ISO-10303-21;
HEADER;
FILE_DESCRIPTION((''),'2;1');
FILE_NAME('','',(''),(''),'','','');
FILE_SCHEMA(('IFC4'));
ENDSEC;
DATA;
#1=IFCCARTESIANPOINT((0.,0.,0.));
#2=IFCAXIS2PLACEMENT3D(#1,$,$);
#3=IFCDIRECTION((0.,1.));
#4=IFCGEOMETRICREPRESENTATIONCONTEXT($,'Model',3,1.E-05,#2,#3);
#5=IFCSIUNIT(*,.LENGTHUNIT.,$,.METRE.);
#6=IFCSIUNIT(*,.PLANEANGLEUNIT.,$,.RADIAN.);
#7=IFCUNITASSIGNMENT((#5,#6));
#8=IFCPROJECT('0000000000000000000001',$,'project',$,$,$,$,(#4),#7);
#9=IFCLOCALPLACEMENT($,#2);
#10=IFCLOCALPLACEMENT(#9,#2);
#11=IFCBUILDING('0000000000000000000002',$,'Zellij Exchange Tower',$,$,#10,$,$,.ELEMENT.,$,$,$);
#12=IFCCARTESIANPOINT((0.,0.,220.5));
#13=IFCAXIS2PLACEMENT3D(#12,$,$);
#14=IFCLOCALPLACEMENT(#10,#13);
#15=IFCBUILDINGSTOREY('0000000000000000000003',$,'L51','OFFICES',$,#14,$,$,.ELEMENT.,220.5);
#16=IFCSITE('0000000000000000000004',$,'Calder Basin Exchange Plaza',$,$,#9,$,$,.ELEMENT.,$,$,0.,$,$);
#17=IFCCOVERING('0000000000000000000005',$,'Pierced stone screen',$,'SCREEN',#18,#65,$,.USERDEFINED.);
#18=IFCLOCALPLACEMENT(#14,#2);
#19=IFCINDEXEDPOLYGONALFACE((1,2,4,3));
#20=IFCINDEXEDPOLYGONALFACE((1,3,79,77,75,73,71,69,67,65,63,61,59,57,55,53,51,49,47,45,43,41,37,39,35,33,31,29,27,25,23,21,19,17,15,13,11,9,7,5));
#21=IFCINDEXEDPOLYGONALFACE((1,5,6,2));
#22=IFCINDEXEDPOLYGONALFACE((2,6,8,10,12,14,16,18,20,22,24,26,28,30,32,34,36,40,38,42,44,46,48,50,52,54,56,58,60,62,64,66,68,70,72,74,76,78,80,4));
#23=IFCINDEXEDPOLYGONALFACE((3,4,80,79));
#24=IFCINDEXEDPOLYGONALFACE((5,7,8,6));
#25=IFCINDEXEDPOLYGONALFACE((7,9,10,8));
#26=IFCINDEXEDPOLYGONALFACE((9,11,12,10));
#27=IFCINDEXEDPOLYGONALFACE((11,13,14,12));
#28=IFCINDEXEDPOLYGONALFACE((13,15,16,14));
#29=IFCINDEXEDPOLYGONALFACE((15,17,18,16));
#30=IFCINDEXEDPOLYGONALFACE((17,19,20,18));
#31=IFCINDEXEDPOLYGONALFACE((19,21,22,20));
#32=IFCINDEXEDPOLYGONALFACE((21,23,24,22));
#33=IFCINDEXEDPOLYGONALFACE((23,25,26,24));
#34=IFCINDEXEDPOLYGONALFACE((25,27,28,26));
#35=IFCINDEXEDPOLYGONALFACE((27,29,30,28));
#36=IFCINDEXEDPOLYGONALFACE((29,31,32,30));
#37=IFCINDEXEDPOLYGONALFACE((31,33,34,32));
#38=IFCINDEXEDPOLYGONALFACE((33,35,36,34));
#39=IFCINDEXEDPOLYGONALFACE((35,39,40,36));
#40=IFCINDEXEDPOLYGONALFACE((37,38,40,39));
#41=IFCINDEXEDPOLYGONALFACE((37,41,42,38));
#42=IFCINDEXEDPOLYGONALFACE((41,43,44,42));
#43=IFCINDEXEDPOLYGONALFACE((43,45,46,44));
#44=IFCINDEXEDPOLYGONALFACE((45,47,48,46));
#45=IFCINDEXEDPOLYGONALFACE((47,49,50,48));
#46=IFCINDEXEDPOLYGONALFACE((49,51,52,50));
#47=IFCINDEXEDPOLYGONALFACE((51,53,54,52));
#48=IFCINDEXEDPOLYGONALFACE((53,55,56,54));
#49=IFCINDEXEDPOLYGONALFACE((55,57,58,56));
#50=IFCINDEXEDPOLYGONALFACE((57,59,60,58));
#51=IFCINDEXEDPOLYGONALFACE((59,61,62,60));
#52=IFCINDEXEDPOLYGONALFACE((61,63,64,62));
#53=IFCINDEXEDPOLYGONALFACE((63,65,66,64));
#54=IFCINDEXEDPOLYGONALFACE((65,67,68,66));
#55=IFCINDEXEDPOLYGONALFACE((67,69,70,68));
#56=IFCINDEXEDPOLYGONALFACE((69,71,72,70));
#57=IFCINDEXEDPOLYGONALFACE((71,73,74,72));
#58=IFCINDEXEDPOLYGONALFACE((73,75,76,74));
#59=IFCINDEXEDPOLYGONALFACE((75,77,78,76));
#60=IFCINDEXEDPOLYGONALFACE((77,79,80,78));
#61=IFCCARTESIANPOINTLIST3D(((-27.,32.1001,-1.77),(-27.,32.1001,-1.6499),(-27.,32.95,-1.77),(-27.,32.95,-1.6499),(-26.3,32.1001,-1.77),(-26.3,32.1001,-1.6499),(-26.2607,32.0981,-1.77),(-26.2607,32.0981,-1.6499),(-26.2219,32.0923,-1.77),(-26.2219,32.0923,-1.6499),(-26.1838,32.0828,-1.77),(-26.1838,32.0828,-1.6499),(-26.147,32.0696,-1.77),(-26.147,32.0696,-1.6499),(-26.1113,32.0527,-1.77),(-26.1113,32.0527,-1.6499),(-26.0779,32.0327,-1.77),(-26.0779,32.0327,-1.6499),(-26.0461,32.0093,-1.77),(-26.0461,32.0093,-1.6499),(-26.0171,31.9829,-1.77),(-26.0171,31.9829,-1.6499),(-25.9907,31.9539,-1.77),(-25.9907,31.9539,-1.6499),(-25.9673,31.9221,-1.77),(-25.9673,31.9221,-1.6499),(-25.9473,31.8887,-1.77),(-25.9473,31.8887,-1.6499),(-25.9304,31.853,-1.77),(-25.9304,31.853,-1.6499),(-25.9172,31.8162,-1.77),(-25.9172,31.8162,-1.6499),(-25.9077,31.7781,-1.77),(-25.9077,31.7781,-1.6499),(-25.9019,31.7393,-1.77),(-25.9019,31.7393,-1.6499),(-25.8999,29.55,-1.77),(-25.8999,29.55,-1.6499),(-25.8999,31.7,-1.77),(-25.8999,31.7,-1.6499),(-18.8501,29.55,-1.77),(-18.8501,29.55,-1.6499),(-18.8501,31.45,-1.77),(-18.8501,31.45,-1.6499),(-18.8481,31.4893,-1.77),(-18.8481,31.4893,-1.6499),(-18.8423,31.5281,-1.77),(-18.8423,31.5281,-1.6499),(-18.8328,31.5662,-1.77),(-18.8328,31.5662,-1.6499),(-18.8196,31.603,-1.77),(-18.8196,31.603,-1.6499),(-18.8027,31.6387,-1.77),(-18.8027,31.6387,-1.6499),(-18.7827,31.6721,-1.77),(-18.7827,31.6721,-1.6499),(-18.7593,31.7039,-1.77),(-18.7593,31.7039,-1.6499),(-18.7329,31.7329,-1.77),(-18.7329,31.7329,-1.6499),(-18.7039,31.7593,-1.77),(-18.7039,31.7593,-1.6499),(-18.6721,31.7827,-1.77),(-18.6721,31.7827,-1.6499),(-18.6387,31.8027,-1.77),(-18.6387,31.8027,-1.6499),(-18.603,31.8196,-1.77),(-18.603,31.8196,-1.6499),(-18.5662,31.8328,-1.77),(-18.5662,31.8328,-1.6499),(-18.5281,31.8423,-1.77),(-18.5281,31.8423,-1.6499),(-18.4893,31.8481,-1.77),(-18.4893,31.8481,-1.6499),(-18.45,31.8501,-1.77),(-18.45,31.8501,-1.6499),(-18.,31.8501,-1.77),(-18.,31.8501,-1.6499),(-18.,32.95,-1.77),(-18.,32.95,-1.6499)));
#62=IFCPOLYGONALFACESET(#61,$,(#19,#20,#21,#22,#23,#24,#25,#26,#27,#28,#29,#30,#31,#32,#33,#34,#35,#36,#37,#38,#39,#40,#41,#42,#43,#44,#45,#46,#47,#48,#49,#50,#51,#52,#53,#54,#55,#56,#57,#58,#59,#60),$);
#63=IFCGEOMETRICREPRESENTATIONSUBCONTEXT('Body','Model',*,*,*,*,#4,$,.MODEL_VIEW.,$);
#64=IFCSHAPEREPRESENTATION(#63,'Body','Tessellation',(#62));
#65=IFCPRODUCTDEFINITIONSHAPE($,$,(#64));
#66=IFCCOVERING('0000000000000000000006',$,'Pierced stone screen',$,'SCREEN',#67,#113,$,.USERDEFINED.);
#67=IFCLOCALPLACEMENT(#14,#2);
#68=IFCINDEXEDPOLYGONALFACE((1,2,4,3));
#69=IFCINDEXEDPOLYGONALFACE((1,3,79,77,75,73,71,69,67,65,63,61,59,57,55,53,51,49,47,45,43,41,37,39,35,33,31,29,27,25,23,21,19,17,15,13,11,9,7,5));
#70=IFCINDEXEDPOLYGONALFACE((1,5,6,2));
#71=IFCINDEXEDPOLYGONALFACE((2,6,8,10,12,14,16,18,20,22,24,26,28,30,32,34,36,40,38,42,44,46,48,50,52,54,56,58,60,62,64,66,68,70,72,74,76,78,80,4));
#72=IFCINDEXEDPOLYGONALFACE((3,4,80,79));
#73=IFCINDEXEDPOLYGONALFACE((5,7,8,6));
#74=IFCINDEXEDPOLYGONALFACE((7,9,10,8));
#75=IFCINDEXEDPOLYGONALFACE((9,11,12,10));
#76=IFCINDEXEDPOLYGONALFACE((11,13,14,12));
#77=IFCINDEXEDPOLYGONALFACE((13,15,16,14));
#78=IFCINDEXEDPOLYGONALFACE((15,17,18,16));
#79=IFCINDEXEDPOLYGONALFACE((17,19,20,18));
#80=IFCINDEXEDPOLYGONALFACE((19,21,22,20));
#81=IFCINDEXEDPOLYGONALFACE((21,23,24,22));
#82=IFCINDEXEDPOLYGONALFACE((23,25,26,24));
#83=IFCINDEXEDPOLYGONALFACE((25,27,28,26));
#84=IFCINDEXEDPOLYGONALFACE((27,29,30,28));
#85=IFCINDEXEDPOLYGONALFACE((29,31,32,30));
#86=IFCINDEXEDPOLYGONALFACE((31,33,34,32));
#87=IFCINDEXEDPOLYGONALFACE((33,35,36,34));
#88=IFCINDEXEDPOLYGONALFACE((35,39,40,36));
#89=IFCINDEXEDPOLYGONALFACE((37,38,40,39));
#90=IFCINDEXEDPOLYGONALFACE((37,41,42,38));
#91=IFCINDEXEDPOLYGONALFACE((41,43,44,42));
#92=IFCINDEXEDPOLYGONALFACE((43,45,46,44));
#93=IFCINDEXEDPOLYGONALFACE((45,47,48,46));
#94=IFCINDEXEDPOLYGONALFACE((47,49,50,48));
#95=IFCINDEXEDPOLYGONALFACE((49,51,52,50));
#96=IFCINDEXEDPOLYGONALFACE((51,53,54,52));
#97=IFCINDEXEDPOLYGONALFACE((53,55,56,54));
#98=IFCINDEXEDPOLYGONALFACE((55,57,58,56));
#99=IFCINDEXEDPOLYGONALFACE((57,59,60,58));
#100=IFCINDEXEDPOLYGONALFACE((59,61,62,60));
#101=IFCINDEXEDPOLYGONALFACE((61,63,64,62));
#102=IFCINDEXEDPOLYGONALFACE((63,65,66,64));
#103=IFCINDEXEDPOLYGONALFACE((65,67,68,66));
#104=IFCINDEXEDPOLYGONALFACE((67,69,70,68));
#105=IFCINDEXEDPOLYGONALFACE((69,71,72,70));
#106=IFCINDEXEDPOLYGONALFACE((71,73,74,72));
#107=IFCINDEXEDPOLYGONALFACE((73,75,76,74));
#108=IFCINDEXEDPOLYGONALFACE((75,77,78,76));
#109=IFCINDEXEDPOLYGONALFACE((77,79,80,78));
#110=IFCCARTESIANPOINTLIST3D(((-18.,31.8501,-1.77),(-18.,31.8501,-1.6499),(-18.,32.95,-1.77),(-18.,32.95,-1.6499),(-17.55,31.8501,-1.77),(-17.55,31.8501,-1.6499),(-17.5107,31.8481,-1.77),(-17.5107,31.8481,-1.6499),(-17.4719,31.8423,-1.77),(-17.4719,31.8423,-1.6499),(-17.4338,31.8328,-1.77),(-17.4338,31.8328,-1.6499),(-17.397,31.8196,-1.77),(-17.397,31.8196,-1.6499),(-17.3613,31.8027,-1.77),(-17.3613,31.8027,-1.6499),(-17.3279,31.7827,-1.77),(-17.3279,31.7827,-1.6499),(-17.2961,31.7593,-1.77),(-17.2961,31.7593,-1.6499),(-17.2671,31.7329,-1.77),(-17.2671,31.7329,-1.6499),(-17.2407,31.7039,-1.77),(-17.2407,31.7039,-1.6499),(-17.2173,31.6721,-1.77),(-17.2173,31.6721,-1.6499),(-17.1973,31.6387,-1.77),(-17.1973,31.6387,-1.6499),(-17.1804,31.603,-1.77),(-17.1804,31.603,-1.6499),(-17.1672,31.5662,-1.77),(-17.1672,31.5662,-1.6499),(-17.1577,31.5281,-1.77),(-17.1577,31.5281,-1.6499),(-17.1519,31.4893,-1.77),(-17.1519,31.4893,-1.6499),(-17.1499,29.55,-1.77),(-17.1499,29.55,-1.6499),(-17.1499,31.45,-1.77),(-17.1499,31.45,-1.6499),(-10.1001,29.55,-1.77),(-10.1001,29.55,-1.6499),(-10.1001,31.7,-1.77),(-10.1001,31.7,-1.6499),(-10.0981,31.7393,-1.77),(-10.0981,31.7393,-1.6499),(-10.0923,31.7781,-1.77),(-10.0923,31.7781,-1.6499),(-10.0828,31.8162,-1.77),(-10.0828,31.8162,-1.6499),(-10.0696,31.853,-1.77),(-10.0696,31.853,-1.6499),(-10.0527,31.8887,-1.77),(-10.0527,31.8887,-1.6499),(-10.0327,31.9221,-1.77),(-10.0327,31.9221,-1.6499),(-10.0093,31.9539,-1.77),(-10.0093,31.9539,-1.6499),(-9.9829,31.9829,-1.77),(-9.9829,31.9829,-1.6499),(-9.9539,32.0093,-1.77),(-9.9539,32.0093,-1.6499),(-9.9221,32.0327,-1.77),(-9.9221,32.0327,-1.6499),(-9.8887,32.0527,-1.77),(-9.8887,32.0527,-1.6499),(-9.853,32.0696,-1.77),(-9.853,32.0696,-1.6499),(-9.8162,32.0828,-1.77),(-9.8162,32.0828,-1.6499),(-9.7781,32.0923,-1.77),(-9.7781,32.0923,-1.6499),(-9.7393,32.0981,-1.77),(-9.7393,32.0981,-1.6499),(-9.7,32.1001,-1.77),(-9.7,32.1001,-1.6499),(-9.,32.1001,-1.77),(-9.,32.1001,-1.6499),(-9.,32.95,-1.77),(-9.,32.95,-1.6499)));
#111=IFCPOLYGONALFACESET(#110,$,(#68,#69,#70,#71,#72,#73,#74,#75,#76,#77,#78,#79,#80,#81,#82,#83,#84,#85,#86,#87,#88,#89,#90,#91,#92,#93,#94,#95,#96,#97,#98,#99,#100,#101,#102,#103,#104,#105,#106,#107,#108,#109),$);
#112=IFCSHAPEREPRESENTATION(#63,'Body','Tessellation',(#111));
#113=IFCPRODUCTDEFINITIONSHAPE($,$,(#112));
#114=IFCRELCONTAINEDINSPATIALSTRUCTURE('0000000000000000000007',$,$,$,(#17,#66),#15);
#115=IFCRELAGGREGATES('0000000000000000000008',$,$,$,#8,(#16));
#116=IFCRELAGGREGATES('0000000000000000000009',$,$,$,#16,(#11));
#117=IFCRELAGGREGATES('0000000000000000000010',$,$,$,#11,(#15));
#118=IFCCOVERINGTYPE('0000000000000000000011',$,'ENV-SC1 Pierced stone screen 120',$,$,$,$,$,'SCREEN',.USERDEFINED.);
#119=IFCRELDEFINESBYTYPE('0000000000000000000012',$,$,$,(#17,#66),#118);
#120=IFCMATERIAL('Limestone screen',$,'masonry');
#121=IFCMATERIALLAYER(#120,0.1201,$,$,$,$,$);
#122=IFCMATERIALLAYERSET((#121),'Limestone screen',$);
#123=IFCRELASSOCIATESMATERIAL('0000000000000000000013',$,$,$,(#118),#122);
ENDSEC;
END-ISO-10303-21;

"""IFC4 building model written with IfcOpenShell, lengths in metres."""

from ifc_helpers import new_model, si_unit, direction, frame, origin, place, context, subcontext, project, spatial, polyline, outline, extrude, material, layer, layer_set, type_object, element, save


model = new_model("IFC4")

# Units and contexts
model_context = context("Model", 3, precision=1e-05, world=origin(), true_north=direction((0.0, 1.0)))
body_context = subcontext(model_context, "Body", "Model", "MODEL_VIEW")
ifc_project = project(units=[si_unit("LENGTHUNIT", "METRE"), si_unit("PLANEANGLEUNIT", "RADIAN")], contexts=[model_context])

# Site, building, storey
site_placement = place(None, origin())
site = spatial("IfcSite", under=ifc_project, at=site_placement, Name="Calder Basin Exchange Plaza", CompositionType="ELEMENT", RefElevation=0.0)
building_placement = place(site_placement, origin())
building = spatial("IfcBuilding", under=site, at=building_placement, Name="Zellij Exchange Tower", CompositionType="ELEMENT")
storey_placement = place(building_placement, frame((0.0, 0.0, 220.5)))
storey = spatial("IfcBuildingStorey", under=building, at=storey_placement, Name="L51", Description="OFFICES", CompositionType="ELEMENT", Elevation=220.5)

# Coverings
ifc_material_1 = material(Name="Limestone screen", Category="masonry")
ifc_layer_1 = layer(ifc_material_1, 0.1201)
ifc_layer_set_1 = layer_set([ifc_layer_1], Name="Limestone screen")
covering_type_1 = type_object("IfcCoveringType", Name="ENV-SC1 Pierced stone screen 120", ElementType="SCREEN", PredefinedType="USERDEFINED", material=ifc_layer_set_1)
covering_1_placement = place(storey_placement, frame((0.0, 0.0, -1.77)))
element("IfcCovering", 1, at=covering_1_placement, inside=storey, type_object=covering_type_1, Name="Pierced stone screen", ObjectType="SCREEN", PredefinedType="USERDEFINED", context=body_context, shape_type="SweptSolid", body=[
    extrude(outline(polyline([(-18.0, 32.95), (-18.0, 31.8501), (-18.45, 31.8501), (-18.4893, 31.8481), (-18.5281, 31.8423), (-18.5662, 31.8328), (-18.603, 31.8196), (-18.6387, 31.8027), (-18.6721, 31.7827), (-18.7039, 31.7593), (-18.7329, 31.7329), (-18.7593, 31.7039), (-18.7827, 31.6721), (-18.8027, 31.6387), (-18.8196, 31.603), (-18.8328, 31.5662), (-18.8423, 31.5281), (-18.8481, 31.4893), (-18.8501, 31.45), (-18.8501, 29.55), (-25.8999, 29.55), (-25.8999, 31.7), (-25.9019, 31.7393), (-25.9077, 31.7781), (-25.9172, 31.8162), (-25.9304, 31.853), (-25.9473, 31.8887), (-25.9673, 31.9221), (-25.9907, 31.9539), (-26.0171, 31.9829), (-26.0461, 32.0093), (-26.0779, 32.0327), (-26.1113, 32.0527), (-26.147, 32.0696), (-26.1838, 32.0828), (-26.2219, 32.0923), (-26.2607, 32.0981), (-26.3, 32.1001), (-27.0, 32.1001), (-27.0, 32.95), (-18.0, 32.95)])), origin(), (0.0, 0.0, 1.0), 0.1201),
])
covering_2_placement = place(storey_placement, frame((0.0, 0.0, -1.77)))
element("IfcCovering", 2, at=covering_2_placement, inside=storey, type_object=covering_type_1, Name="Pierced stone screen", ObjectType="SCREEN", PredefinedType="USERDEFINED", context=body_context, shape_type="SweptSolid", body=[
    extrude(outline(polyline([(-9.0, 32.95), (-9.0, 32.1001), (-9.7, 32.1001), (-9.7393, 32.0981), (-9.7781, 32.0923), (-9.8162, 32.0828), (-9.853, 32.0696), (-9.8887, 32.0527), (-9.9221, 32.0327), (-9.9539, 32.0093), (-9.9829, 31.9829), (-10.0093, 31.9539), (-10.0327, 31.9221), (-10.0527, 31.8887), (-10.0696, 31.853), (-10.0828, 31.8162), (-10.0923, 31.7781), (-10.0981, 31.7393), (-10.1001, 31.7), (-10.1001, 29.55), (-17.1499, 29.55), (-17.1499, 31.45), (-17.1519, 31.4893), (-17.1577, 31.5281), (-17.1672, 31.5662), (-17.1804, 31.603), (-17.1973, 31.6387), (-17.2173, 31.6721), (-17.2407, 31.7039), (-17.2671, 31.7329), (-17.2961, 31.7593), (-17.3279, 31.7827), (-17.3613, 31.8027), (-17.397, 31.8196), (-17.4338, 31.8328), (-17.4719, 31.8423), (-17.5107, 31.8481), (-17.55, 31.8501), (-18.0, 31.8501), (-18.0, 32.95), (-9.0, 32.95)])), origin(), (0.0, 0.0, 1.0), 0.1201),
])

save(model, "model.ifc")
